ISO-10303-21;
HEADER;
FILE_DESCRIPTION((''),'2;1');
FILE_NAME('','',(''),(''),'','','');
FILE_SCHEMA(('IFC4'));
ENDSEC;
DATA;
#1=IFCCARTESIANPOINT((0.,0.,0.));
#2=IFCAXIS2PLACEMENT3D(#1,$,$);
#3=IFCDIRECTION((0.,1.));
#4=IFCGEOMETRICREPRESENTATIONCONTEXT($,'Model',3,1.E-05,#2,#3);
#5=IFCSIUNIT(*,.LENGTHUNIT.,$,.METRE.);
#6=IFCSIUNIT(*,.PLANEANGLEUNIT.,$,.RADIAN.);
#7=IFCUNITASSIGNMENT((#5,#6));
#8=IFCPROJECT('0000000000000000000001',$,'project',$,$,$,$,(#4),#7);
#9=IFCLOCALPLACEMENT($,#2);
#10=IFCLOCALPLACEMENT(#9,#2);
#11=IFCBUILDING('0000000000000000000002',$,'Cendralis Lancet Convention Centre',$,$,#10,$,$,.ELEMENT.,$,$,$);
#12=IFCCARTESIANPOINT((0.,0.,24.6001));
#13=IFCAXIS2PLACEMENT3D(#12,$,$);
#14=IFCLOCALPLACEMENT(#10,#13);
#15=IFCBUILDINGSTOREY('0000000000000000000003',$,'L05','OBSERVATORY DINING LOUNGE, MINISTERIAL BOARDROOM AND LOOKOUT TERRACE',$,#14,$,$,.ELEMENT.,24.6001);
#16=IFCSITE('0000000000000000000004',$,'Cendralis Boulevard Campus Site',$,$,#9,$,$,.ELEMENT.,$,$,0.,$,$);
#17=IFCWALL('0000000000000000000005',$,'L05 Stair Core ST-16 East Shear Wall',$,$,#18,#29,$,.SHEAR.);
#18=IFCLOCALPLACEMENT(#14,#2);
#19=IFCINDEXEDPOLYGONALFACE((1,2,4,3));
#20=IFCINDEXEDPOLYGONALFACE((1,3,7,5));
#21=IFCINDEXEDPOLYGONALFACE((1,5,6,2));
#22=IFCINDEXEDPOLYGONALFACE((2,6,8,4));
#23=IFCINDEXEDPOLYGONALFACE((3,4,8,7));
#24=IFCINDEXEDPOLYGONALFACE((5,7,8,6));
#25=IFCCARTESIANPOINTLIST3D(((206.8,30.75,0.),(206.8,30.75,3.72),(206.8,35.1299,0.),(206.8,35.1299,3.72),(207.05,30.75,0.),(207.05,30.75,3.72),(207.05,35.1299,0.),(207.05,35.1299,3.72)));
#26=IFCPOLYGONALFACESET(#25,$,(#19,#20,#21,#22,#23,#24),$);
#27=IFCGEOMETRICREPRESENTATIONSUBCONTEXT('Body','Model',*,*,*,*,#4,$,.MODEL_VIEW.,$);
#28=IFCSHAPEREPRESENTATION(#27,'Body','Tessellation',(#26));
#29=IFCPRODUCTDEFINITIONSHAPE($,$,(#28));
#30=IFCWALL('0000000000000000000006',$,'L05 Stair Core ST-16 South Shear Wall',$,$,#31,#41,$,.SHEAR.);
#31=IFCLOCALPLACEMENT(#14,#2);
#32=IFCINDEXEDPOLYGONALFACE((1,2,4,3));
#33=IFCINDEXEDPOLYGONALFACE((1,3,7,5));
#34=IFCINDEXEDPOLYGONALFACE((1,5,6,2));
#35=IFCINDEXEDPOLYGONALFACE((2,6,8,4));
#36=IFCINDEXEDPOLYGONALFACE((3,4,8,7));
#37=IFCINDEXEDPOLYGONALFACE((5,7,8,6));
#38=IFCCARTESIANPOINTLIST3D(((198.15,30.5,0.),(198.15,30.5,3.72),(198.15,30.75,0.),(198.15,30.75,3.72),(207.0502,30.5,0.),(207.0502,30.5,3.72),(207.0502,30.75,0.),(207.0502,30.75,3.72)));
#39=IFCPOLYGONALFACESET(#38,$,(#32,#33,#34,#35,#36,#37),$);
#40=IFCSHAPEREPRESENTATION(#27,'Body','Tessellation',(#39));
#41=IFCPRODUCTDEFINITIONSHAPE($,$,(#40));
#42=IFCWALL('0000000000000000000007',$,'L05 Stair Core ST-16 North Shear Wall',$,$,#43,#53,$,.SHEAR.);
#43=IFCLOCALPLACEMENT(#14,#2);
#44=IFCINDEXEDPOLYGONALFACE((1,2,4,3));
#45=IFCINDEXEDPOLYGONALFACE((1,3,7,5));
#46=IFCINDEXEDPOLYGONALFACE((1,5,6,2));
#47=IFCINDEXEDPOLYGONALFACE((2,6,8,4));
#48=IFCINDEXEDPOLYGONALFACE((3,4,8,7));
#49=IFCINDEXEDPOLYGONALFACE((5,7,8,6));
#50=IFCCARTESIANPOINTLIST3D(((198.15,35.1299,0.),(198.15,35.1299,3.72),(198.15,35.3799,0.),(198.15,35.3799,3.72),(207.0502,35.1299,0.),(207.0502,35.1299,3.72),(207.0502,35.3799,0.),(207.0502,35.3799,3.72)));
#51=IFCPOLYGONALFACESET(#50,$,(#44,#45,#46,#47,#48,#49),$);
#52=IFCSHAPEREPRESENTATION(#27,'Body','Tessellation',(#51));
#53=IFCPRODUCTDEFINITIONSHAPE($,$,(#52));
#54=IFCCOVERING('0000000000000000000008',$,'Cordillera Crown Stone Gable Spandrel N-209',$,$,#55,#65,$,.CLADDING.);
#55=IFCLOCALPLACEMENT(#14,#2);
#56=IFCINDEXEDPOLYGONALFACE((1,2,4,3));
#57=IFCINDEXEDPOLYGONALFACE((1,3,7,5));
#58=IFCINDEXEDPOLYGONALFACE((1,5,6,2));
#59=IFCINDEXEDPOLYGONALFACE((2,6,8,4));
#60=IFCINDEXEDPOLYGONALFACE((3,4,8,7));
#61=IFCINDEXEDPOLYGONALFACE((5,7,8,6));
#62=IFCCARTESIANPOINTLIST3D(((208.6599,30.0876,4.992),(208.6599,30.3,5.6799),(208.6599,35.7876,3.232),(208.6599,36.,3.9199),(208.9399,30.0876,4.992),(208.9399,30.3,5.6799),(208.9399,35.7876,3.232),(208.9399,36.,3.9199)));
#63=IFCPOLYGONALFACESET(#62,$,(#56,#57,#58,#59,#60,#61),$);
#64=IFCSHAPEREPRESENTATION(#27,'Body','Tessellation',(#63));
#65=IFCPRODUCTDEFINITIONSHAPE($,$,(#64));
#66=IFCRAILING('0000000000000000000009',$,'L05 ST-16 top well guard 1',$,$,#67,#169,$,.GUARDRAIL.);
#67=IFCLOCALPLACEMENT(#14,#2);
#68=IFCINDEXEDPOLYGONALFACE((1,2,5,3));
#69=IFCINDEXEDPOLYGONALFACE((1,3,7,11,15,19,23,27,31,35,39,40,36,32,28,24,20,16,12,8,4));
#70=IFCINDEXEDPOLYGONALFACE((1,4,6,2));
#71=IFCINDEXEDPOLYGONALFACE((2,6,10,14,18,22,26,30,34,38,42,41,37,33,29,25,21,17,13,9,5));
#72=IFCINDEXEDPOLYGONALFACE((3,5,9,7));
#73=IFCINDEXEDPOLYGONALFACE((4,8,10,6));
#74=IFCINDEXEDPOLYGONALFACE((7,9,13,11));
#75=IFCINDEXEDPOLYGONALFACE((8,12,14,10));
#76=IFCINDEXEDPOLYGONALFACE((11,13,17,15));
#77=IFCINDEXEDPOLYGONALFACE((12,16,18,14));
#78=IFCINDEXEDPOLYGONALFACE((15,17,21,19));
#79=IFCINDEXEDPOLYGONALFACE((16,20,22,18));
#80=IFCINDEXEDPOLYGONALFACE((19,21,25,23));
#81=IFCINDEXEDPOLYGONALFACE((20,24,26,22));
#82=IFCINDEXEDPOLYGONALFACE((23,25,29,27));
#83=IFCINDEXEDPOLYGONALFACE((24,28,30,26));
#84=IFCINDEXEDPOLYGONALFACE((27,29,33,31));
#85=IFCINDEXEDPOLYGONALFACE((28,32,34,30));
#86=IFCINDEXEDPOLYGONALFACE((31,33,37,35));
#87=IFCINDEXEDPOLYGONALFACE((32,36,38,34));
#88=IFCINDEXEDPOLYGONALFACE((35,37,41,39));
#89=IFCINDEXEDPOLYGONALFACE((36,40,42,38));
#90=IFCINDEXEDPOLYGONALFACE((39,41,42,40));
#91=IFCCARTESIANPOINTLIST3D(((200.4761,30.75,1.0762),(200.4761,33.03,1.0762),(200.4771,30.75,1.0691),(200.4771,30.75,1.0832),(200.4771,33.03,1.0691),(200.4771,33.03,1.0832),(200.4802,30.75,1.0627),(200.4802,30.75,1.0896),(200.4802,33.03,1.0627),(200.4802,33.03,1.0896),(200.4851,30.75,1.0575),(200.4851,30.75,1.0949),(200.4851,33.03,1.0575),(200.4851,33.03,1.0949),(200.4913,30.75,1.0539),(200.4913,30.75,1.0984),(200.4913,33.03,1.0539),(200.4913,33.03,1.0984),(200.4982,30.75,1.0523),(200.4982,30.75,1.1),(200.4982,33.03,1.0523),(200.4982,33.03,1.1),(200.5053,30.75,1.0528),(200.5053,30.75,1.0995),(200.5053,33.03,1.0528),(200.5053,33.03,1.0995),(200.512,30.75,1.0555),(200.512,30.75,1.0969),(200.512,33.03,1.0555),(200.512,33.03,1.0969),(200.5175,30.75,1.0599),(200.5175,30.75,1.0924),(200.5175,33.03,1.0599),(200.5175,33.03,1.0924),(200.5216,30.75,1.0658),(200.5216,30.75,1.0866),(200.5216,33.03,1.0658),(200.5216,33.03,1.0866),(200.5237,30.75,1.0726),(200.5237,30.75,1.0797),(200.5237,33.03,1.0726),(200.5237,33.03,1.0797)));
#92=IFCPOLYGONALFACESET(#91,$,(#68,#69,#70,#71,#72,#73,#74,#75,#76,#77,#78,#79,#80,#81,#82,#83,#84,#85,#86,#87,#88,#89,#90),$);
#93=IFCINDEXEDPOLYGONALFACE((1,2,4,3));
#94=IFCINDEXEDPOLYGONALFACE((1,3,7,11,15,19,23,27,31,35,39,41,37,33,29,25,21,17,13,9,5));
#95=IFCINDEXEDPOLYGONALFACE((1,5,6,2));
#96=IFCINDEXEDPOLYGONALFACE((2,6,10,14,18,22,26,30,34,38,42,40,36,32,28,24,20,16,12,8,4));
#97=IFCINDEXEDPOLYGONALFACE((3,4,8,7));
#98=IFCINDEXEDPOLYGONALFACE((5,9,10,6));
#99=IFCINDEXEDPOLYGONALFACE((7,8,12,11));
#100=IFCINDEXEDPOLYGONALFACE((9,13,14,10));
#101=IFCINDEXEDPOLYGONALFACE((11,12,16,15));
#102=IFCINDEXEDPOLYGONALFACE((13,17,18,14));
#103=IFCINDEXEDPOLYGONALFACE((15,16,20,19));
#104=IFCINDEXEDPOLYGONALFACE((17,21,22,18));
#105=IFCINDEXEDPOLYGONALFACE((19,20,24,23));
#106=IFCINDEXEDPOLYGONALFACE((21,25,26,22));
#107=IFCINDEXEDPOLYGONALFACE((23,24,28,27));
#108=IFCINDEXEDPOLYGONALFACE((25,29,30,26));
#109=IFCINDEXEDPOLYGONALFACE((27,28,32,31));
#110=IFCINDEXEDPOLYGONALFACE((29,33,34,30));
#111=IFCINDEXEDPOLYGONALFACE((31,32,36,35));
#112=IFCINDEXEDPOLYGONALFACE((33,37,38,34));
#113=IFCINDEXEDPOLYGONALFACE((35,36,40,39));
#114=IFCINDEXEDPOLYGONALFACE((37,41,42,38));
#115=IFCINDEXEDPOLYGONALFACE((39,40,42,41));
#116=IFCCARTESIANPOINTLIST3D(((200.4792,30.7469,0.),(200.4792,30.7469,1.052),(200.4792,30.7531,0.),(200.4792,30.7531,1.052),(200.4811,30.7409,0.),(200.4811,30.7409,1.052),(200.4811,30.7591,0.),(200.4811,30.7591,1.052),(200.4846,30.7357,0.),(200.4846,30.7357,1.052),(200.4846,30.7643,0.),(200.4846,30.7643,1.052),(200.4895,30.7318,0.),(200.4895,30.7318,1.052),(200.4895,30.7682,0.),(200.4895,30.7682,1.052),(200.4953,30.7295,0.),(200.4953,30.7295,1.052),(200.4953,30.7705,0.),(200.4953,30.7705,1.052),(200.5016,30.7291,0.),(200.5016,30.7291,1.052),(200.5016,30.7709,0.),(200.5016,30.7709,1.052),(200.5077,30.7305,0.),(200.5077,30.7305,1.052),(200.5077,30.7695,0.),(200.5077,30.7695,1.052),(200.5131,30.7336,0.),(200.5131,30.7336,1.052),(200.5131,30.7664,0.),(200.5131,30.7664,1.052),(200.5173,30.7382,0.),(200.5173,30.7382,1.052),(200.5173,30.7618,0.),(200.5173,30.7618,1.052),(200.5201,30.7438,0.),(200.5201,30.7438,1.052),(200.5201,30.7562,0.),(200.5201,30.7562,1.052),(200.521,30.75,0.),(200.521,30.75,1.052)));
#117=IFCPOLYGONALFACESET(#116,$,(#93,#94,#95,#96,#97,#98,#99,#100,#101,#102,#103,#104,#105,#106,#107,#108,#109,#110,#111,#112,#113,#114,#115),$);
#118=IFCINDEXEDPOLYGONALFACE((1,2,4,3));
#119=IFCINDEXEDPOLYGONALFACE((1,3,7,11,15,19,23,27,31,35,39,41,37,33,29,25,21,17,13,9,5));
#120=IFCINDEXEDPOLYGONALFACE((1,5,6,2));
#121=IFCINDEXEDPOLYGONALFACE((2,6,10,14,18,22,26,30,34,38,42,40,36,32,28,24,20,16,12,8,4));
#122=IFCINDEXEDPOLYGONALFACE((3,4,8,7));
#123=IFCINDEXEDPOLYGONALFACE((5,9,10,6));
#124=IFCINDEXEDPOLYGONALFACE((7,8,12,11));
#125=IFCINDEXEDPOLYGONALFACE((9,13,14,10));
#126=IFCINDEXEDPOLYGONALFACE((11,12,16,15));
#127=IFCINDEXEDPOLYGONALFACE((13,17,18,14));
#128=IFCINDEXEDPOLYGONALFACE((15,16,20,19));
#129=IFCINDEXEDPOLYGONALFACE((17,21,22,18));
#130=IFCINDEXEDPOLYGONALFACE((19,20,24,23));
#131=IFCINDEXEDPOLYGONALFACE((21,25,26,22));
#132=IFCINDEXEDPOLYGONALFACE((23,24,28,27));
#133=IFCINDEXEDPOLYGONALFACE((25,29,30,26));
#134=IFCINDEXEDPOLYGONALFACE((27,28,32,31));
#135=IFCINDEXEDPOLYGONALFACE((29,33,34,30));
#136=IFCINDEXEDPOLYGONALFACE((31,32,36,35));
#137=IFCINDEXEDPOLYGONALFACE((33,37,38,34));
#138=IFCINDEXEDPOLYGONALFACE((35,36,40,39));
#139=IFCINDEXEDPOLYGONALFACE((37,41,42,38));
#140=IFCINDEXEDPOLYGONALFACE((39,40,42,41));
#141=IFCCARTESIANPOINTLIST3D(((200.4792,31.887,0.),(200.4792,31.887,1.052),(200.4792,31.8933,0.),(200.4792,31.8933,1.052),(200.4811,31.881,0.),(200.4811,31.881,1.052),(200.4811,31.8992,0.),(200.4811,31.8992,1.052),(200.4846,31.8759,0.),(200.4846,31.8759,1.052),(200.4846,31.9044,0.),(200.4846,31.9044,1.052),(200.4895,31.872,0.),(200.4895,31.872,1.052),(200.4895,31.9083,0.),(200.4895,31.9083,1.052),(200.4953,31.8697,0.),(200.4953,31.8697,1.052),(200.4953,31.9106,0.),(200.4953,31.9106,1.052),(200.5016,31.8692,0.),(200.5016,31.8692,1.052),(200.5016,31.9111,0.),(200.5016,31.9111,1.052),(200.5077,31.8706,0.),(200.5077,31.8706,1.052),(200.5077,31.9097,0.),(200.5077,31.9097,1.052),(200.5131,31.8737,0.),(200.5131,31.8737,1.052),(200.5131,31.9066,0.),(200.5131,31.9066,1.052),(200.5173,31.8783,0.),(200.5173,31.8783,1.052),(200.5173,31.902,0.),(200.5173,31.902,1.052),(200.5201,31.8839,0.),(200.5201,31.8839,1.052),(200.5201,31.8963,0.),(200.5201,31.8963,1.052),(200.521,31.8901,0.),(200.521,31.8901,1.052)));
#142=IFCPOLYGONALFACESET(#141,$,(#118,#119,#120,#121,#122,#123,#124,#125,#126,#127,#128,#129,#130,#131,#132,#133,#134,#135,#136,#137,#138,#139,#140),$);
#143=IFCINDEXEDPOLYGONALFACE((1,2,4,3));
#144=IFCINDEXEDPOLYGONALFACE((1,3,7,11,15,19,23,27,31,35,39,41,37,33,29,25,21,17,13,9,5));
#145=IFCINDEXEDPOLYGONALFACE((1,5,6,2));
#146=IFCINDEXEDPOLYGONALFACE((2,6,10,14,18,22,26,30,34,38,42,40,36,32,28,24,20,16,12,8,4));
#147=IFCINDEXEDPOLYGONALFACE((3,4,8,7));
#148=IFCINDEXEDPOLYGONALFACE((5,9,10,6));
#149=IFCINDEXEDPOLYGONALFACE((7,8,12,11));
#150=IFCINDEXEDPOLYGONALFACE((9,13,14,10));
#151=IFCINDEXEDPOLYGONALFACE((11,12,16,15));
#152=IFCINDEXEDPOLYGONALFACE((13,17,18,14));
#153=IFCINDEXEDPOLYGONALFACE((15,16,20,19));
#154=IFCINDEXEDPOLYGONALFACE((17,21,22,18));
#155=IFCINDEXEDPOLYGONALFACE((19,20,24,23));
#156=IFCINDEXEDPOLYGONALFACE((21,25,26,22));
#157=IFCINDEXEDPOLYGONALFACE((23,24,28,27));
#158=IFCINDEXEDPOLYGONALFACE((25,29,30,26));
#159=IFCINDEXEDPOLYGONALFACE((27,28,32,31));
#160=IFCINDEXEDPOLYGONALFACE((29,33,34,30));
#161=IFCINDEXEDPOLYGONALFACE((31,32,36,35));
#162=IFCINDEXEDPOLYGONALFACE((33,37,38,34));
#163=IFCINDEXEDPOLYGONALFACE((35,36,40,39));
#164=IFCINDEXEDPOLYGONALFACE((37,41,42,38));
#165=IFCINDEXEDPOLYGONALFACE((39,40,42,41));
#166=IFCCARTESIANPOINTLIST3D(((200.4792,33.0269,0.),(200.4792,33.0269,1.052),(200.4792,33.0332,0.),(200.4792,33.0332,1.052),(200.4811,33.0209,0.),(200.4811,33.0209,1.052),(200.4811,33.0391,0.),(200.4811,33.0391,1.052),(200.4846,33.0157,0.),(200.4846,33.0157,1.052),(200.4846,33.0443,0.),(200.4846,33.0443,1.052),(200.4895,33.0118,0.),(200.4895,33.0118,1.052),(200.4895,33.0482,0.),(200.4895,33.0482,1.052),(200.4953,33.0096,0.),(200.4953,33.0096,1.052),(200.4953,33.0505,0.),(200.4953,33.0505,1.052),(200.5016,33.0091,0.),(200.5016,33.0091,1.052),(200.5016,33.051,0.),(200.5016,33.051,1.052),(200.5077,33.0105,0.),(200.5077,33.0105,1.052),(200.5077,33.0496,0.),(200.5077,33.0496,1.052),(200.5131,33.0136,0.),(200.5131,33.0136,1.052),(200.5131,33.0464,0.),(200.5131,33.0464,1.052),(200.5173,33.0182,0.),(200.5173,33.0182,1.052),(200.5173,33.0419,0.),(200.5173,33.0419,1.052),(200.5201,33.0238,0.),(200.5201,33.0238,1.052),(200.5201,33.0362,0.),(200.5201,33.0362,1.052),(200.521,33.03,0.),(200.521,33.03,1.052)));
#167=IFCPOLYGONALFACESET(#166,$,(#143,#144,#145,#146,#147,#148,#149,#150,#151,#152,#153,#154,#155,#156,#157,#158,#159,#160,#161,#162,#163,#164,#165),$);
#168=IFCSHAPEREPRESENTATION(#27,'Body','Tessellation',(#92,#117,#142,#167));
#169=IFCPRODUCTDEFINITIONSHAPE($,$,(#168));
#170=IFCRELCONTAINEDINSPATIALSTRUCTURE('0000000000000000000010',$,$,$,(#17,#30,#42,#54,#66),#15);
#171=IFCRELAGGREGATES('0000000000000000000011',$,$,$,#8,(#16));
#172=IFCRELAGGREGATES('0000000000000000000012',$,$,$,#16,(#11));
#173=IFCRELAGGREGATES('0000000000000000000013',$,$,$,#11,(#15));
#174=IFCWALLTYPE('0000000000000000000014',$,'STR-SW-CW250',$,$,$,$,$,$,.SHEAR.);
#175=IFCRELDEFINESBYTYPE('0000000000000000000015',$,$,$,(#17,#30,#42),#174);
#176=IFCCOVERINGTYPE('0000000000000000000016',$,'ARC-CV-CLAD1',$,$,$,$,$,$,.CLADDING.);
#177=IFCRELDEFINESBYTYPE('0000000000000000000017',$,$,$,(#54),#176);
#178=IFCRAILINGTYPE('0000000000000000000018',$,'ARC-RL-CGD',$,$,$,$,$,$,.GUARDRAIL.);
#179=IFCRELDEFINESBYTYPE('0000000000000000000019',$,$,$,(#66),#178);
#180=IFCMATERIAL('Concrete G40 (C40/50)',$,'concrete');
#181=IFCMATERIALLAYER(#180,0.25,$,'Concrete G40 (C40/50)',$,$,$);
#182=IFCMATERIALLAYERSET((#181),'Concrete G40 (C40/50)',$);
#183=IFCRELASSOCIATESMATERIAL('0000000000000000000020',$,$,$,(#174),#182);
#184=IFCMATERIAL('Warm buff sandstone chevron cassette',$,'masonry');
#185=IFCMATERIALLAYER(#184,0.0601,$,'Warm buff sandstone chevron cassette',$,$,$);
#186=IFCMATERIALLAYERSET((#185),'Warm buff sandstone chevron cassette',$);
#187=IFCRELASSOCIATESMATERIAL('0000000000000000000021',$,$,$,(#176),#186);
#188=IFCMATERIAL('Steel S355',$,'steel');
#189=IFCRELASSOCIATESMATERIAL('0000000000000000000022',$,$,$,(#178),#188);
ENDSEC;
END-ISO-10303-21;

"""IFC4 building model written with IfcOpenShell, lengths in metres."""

from ifc_helpers import new_model, si_unit, direction, frame, frame_2d, origin, origin_2d, place, context, subcontext, project, spatial, polyline, rectangle, circle, outline, extrude, material, layer, layer_set, type_object, element, save


model = new_model("IFC4")

# Units and contexts
model_context = context("Model", 3, precision=1e-05, world=origin(), true_north=direction((0.0, 1.0)))
body_context = subcontext(model_context, "Body", "Model", "MODEL_VIEW")
ifc_project = project(units=[si_unit("LENGTHUNIT", "METRE"), si_unit("PLANEANGLEUNIT", "RADIAN")], contexts=[model_context])

# Site, building, storey
site_placement = place(None, origin())
site = spatial("IfcSite", under=ifc_project, at=site_placement, Name="Cendralis Boulevard Campus Site", CompositionType="ELEMENT", RefElevation=0.0)
building_placement = place(site_placement, origin())
building = spatial("IfcBuilding", under=site, at=building_placement, Name="Cendralis Lancet Convention Centre", CompositionType="ELEMENT")
storey_placement = place(building_placement, frame((0.0, 0.0, 24.6001)))
storey = spatial("IfcBuildingStorey", under=building, at=storey_placement, Name="L05", Description="OBSERVATORY DINING LOUNGE, MINISTERIAL BOARDROOM AND LOOKOUT TERRACE", CompositionType="ELEMENT", Elevation=24.6001)

# Shared definitions
ifc_material_1 = material(Name="Concrete G40 (C40/50)", Category="concrete")

# Shared definitions
ifc_layer_1 = layer(ifc_material_1, 0.25, Name="Concrete G40 (C40/50)")
ifc_layer_set_1 = layer_set([ifc_layer_1], Name="Concrete G40 (C40/50)")
wall_type_1 = type_object("IfcWallType", Name="STR-SW-CW250", PredefinedType="SHEAR", material=ifc_layer_set_1)

# Shared definitions
ifc_material_2 = material(Name="Steel S355", Category="steel")

# Walls
wall_1_placement = place(storey_placement, frame((206.925, 30.75, 0.0), z_axis=(0.0, 0.0, 1.0), x_axis=(0.0, 1.0, 0.0)))
element("IfcWall", 1, at=wall_1_placement, inside=storey, type_object=wall_type_1, Name="L05 Stair Core ST-16 East Shear Wall", PredefinedType="SHEAR", context=body_context, shape_type="SweptSolid", body=[
    extrude(rectangle(XDim=4.3799, YDim=0.25, at=frame_2d((2.1899, 0.0))), origin(), (0.0, 0.0, 1.0), 3.72),
])
for number, where, z_axis, x_axis, name in (
    (2, (198.1499, 30.625, 0.0), (0.0, 0.0, 1.0), (1.0, 0.0, 0.0), "L05 Stair Core ST-16 South Shear Wall"),
    (3, (198.1499, 35.2549, 0.0), (0.0, 0.0, 1.0), (1.0, 0.0, 0.0), "L05 Stair Core ST-16 North Shear Wall"),
):
    element("IfcWall", number, at=place(storey_placement, frame(where, z_axis=z_axis, x_axis=x_axis)), inside=storey, type_object=wall_type_1, Name=name, PredefinedType="SHEAR", context=body_context, shape_type="SweptSolid", body=[
        extrude(rectangle(XDim=8.9001, YDim=0.25, at=frame_2d((4.4502, 0.0))), origin(), (0.0, 0.0, 1.0), 3.72),
    ])

# Covering
ifc_material_3 = material(Name="Warm buff sandstone chevron cassette", Category="masonry")
ifc_layer_2 = layer(ifc_material_3, 0.0601, Name="Warm buff sandstone chevron cassette")
ifc_layer_set_2 = layer_set([ifc_layer_2], Name="Warm buff sandstone chevron cassette")
covering_type = type_object("IfcCoveringType", Name="ARC-CV-CLAD1", PredefinedType="CLADDING", material=ifc_layer_set_2)
covering_placement = place(storey_placement, frame((208.6599, 30.3, 5.6799), z_axis=(0.0, 0.295032, 0.955487), x_axis=(1.0, 0.0, 0.0)))
element("IfcCovering", 4, at=covering_placement, inside=storey, type_object=covering_type, Name="Cordillera Crown Stone Gable Spandrel N-209", PredefinedType="CLADDING", context=body_context, shape_type="SweptSolid", body=[
    extrude(outline(polyline([(0.0, 0.0), (0.28, 0.0), (0.28, 5.9655), (0.0, 5.9655), (0.0, 0.0)])), origin(), (0.0, 0.0, -1.0), 0.72),
])

# Railing
railing_type = type_object("IfcRailingType", Name="ARC-RL-CGD", PredefinedType="GUARDRAIL", material=ifc_material_2)
railing_placement = place(storey_placement, frame((200.5, 30.75, 0.0)))
element("IfcRailing", 5, at=railing_placement, inside=storey, type_object=railing_type, Name="L05 ST-16 top well guard 1", PredefinedType="GUARDRAIL", context=body_context, shape_type="SweptSolid", body=[
    extrude(circle(Radius=0.0239, at=origin_2d()), frame((0.0, 0.0, 1.0762), z_axis=(0.0, 1.0, 0.0), x_axis=(-1.0, 0.0, 0.0)), (0.0, 0.0, 1.0), 2.28),
    extrude(circle(Radius=0.021, at=origin_2d()), origin(), (0.0, 0.0, 1.0), 1.052),
    extrude(circle(Radius=0.021, at=origin_2d()), frame((0.0, 1.1401, 0.0)), (0.0, 0.0, 1.0), 1.052),
    extrude(circle(Radius=0.021, at=origin_2d()), frame((0.0, 2.28, 0.0)), (0.0, 0.0, 1.0), 1.052),
])

save(model, "model.ifc")
